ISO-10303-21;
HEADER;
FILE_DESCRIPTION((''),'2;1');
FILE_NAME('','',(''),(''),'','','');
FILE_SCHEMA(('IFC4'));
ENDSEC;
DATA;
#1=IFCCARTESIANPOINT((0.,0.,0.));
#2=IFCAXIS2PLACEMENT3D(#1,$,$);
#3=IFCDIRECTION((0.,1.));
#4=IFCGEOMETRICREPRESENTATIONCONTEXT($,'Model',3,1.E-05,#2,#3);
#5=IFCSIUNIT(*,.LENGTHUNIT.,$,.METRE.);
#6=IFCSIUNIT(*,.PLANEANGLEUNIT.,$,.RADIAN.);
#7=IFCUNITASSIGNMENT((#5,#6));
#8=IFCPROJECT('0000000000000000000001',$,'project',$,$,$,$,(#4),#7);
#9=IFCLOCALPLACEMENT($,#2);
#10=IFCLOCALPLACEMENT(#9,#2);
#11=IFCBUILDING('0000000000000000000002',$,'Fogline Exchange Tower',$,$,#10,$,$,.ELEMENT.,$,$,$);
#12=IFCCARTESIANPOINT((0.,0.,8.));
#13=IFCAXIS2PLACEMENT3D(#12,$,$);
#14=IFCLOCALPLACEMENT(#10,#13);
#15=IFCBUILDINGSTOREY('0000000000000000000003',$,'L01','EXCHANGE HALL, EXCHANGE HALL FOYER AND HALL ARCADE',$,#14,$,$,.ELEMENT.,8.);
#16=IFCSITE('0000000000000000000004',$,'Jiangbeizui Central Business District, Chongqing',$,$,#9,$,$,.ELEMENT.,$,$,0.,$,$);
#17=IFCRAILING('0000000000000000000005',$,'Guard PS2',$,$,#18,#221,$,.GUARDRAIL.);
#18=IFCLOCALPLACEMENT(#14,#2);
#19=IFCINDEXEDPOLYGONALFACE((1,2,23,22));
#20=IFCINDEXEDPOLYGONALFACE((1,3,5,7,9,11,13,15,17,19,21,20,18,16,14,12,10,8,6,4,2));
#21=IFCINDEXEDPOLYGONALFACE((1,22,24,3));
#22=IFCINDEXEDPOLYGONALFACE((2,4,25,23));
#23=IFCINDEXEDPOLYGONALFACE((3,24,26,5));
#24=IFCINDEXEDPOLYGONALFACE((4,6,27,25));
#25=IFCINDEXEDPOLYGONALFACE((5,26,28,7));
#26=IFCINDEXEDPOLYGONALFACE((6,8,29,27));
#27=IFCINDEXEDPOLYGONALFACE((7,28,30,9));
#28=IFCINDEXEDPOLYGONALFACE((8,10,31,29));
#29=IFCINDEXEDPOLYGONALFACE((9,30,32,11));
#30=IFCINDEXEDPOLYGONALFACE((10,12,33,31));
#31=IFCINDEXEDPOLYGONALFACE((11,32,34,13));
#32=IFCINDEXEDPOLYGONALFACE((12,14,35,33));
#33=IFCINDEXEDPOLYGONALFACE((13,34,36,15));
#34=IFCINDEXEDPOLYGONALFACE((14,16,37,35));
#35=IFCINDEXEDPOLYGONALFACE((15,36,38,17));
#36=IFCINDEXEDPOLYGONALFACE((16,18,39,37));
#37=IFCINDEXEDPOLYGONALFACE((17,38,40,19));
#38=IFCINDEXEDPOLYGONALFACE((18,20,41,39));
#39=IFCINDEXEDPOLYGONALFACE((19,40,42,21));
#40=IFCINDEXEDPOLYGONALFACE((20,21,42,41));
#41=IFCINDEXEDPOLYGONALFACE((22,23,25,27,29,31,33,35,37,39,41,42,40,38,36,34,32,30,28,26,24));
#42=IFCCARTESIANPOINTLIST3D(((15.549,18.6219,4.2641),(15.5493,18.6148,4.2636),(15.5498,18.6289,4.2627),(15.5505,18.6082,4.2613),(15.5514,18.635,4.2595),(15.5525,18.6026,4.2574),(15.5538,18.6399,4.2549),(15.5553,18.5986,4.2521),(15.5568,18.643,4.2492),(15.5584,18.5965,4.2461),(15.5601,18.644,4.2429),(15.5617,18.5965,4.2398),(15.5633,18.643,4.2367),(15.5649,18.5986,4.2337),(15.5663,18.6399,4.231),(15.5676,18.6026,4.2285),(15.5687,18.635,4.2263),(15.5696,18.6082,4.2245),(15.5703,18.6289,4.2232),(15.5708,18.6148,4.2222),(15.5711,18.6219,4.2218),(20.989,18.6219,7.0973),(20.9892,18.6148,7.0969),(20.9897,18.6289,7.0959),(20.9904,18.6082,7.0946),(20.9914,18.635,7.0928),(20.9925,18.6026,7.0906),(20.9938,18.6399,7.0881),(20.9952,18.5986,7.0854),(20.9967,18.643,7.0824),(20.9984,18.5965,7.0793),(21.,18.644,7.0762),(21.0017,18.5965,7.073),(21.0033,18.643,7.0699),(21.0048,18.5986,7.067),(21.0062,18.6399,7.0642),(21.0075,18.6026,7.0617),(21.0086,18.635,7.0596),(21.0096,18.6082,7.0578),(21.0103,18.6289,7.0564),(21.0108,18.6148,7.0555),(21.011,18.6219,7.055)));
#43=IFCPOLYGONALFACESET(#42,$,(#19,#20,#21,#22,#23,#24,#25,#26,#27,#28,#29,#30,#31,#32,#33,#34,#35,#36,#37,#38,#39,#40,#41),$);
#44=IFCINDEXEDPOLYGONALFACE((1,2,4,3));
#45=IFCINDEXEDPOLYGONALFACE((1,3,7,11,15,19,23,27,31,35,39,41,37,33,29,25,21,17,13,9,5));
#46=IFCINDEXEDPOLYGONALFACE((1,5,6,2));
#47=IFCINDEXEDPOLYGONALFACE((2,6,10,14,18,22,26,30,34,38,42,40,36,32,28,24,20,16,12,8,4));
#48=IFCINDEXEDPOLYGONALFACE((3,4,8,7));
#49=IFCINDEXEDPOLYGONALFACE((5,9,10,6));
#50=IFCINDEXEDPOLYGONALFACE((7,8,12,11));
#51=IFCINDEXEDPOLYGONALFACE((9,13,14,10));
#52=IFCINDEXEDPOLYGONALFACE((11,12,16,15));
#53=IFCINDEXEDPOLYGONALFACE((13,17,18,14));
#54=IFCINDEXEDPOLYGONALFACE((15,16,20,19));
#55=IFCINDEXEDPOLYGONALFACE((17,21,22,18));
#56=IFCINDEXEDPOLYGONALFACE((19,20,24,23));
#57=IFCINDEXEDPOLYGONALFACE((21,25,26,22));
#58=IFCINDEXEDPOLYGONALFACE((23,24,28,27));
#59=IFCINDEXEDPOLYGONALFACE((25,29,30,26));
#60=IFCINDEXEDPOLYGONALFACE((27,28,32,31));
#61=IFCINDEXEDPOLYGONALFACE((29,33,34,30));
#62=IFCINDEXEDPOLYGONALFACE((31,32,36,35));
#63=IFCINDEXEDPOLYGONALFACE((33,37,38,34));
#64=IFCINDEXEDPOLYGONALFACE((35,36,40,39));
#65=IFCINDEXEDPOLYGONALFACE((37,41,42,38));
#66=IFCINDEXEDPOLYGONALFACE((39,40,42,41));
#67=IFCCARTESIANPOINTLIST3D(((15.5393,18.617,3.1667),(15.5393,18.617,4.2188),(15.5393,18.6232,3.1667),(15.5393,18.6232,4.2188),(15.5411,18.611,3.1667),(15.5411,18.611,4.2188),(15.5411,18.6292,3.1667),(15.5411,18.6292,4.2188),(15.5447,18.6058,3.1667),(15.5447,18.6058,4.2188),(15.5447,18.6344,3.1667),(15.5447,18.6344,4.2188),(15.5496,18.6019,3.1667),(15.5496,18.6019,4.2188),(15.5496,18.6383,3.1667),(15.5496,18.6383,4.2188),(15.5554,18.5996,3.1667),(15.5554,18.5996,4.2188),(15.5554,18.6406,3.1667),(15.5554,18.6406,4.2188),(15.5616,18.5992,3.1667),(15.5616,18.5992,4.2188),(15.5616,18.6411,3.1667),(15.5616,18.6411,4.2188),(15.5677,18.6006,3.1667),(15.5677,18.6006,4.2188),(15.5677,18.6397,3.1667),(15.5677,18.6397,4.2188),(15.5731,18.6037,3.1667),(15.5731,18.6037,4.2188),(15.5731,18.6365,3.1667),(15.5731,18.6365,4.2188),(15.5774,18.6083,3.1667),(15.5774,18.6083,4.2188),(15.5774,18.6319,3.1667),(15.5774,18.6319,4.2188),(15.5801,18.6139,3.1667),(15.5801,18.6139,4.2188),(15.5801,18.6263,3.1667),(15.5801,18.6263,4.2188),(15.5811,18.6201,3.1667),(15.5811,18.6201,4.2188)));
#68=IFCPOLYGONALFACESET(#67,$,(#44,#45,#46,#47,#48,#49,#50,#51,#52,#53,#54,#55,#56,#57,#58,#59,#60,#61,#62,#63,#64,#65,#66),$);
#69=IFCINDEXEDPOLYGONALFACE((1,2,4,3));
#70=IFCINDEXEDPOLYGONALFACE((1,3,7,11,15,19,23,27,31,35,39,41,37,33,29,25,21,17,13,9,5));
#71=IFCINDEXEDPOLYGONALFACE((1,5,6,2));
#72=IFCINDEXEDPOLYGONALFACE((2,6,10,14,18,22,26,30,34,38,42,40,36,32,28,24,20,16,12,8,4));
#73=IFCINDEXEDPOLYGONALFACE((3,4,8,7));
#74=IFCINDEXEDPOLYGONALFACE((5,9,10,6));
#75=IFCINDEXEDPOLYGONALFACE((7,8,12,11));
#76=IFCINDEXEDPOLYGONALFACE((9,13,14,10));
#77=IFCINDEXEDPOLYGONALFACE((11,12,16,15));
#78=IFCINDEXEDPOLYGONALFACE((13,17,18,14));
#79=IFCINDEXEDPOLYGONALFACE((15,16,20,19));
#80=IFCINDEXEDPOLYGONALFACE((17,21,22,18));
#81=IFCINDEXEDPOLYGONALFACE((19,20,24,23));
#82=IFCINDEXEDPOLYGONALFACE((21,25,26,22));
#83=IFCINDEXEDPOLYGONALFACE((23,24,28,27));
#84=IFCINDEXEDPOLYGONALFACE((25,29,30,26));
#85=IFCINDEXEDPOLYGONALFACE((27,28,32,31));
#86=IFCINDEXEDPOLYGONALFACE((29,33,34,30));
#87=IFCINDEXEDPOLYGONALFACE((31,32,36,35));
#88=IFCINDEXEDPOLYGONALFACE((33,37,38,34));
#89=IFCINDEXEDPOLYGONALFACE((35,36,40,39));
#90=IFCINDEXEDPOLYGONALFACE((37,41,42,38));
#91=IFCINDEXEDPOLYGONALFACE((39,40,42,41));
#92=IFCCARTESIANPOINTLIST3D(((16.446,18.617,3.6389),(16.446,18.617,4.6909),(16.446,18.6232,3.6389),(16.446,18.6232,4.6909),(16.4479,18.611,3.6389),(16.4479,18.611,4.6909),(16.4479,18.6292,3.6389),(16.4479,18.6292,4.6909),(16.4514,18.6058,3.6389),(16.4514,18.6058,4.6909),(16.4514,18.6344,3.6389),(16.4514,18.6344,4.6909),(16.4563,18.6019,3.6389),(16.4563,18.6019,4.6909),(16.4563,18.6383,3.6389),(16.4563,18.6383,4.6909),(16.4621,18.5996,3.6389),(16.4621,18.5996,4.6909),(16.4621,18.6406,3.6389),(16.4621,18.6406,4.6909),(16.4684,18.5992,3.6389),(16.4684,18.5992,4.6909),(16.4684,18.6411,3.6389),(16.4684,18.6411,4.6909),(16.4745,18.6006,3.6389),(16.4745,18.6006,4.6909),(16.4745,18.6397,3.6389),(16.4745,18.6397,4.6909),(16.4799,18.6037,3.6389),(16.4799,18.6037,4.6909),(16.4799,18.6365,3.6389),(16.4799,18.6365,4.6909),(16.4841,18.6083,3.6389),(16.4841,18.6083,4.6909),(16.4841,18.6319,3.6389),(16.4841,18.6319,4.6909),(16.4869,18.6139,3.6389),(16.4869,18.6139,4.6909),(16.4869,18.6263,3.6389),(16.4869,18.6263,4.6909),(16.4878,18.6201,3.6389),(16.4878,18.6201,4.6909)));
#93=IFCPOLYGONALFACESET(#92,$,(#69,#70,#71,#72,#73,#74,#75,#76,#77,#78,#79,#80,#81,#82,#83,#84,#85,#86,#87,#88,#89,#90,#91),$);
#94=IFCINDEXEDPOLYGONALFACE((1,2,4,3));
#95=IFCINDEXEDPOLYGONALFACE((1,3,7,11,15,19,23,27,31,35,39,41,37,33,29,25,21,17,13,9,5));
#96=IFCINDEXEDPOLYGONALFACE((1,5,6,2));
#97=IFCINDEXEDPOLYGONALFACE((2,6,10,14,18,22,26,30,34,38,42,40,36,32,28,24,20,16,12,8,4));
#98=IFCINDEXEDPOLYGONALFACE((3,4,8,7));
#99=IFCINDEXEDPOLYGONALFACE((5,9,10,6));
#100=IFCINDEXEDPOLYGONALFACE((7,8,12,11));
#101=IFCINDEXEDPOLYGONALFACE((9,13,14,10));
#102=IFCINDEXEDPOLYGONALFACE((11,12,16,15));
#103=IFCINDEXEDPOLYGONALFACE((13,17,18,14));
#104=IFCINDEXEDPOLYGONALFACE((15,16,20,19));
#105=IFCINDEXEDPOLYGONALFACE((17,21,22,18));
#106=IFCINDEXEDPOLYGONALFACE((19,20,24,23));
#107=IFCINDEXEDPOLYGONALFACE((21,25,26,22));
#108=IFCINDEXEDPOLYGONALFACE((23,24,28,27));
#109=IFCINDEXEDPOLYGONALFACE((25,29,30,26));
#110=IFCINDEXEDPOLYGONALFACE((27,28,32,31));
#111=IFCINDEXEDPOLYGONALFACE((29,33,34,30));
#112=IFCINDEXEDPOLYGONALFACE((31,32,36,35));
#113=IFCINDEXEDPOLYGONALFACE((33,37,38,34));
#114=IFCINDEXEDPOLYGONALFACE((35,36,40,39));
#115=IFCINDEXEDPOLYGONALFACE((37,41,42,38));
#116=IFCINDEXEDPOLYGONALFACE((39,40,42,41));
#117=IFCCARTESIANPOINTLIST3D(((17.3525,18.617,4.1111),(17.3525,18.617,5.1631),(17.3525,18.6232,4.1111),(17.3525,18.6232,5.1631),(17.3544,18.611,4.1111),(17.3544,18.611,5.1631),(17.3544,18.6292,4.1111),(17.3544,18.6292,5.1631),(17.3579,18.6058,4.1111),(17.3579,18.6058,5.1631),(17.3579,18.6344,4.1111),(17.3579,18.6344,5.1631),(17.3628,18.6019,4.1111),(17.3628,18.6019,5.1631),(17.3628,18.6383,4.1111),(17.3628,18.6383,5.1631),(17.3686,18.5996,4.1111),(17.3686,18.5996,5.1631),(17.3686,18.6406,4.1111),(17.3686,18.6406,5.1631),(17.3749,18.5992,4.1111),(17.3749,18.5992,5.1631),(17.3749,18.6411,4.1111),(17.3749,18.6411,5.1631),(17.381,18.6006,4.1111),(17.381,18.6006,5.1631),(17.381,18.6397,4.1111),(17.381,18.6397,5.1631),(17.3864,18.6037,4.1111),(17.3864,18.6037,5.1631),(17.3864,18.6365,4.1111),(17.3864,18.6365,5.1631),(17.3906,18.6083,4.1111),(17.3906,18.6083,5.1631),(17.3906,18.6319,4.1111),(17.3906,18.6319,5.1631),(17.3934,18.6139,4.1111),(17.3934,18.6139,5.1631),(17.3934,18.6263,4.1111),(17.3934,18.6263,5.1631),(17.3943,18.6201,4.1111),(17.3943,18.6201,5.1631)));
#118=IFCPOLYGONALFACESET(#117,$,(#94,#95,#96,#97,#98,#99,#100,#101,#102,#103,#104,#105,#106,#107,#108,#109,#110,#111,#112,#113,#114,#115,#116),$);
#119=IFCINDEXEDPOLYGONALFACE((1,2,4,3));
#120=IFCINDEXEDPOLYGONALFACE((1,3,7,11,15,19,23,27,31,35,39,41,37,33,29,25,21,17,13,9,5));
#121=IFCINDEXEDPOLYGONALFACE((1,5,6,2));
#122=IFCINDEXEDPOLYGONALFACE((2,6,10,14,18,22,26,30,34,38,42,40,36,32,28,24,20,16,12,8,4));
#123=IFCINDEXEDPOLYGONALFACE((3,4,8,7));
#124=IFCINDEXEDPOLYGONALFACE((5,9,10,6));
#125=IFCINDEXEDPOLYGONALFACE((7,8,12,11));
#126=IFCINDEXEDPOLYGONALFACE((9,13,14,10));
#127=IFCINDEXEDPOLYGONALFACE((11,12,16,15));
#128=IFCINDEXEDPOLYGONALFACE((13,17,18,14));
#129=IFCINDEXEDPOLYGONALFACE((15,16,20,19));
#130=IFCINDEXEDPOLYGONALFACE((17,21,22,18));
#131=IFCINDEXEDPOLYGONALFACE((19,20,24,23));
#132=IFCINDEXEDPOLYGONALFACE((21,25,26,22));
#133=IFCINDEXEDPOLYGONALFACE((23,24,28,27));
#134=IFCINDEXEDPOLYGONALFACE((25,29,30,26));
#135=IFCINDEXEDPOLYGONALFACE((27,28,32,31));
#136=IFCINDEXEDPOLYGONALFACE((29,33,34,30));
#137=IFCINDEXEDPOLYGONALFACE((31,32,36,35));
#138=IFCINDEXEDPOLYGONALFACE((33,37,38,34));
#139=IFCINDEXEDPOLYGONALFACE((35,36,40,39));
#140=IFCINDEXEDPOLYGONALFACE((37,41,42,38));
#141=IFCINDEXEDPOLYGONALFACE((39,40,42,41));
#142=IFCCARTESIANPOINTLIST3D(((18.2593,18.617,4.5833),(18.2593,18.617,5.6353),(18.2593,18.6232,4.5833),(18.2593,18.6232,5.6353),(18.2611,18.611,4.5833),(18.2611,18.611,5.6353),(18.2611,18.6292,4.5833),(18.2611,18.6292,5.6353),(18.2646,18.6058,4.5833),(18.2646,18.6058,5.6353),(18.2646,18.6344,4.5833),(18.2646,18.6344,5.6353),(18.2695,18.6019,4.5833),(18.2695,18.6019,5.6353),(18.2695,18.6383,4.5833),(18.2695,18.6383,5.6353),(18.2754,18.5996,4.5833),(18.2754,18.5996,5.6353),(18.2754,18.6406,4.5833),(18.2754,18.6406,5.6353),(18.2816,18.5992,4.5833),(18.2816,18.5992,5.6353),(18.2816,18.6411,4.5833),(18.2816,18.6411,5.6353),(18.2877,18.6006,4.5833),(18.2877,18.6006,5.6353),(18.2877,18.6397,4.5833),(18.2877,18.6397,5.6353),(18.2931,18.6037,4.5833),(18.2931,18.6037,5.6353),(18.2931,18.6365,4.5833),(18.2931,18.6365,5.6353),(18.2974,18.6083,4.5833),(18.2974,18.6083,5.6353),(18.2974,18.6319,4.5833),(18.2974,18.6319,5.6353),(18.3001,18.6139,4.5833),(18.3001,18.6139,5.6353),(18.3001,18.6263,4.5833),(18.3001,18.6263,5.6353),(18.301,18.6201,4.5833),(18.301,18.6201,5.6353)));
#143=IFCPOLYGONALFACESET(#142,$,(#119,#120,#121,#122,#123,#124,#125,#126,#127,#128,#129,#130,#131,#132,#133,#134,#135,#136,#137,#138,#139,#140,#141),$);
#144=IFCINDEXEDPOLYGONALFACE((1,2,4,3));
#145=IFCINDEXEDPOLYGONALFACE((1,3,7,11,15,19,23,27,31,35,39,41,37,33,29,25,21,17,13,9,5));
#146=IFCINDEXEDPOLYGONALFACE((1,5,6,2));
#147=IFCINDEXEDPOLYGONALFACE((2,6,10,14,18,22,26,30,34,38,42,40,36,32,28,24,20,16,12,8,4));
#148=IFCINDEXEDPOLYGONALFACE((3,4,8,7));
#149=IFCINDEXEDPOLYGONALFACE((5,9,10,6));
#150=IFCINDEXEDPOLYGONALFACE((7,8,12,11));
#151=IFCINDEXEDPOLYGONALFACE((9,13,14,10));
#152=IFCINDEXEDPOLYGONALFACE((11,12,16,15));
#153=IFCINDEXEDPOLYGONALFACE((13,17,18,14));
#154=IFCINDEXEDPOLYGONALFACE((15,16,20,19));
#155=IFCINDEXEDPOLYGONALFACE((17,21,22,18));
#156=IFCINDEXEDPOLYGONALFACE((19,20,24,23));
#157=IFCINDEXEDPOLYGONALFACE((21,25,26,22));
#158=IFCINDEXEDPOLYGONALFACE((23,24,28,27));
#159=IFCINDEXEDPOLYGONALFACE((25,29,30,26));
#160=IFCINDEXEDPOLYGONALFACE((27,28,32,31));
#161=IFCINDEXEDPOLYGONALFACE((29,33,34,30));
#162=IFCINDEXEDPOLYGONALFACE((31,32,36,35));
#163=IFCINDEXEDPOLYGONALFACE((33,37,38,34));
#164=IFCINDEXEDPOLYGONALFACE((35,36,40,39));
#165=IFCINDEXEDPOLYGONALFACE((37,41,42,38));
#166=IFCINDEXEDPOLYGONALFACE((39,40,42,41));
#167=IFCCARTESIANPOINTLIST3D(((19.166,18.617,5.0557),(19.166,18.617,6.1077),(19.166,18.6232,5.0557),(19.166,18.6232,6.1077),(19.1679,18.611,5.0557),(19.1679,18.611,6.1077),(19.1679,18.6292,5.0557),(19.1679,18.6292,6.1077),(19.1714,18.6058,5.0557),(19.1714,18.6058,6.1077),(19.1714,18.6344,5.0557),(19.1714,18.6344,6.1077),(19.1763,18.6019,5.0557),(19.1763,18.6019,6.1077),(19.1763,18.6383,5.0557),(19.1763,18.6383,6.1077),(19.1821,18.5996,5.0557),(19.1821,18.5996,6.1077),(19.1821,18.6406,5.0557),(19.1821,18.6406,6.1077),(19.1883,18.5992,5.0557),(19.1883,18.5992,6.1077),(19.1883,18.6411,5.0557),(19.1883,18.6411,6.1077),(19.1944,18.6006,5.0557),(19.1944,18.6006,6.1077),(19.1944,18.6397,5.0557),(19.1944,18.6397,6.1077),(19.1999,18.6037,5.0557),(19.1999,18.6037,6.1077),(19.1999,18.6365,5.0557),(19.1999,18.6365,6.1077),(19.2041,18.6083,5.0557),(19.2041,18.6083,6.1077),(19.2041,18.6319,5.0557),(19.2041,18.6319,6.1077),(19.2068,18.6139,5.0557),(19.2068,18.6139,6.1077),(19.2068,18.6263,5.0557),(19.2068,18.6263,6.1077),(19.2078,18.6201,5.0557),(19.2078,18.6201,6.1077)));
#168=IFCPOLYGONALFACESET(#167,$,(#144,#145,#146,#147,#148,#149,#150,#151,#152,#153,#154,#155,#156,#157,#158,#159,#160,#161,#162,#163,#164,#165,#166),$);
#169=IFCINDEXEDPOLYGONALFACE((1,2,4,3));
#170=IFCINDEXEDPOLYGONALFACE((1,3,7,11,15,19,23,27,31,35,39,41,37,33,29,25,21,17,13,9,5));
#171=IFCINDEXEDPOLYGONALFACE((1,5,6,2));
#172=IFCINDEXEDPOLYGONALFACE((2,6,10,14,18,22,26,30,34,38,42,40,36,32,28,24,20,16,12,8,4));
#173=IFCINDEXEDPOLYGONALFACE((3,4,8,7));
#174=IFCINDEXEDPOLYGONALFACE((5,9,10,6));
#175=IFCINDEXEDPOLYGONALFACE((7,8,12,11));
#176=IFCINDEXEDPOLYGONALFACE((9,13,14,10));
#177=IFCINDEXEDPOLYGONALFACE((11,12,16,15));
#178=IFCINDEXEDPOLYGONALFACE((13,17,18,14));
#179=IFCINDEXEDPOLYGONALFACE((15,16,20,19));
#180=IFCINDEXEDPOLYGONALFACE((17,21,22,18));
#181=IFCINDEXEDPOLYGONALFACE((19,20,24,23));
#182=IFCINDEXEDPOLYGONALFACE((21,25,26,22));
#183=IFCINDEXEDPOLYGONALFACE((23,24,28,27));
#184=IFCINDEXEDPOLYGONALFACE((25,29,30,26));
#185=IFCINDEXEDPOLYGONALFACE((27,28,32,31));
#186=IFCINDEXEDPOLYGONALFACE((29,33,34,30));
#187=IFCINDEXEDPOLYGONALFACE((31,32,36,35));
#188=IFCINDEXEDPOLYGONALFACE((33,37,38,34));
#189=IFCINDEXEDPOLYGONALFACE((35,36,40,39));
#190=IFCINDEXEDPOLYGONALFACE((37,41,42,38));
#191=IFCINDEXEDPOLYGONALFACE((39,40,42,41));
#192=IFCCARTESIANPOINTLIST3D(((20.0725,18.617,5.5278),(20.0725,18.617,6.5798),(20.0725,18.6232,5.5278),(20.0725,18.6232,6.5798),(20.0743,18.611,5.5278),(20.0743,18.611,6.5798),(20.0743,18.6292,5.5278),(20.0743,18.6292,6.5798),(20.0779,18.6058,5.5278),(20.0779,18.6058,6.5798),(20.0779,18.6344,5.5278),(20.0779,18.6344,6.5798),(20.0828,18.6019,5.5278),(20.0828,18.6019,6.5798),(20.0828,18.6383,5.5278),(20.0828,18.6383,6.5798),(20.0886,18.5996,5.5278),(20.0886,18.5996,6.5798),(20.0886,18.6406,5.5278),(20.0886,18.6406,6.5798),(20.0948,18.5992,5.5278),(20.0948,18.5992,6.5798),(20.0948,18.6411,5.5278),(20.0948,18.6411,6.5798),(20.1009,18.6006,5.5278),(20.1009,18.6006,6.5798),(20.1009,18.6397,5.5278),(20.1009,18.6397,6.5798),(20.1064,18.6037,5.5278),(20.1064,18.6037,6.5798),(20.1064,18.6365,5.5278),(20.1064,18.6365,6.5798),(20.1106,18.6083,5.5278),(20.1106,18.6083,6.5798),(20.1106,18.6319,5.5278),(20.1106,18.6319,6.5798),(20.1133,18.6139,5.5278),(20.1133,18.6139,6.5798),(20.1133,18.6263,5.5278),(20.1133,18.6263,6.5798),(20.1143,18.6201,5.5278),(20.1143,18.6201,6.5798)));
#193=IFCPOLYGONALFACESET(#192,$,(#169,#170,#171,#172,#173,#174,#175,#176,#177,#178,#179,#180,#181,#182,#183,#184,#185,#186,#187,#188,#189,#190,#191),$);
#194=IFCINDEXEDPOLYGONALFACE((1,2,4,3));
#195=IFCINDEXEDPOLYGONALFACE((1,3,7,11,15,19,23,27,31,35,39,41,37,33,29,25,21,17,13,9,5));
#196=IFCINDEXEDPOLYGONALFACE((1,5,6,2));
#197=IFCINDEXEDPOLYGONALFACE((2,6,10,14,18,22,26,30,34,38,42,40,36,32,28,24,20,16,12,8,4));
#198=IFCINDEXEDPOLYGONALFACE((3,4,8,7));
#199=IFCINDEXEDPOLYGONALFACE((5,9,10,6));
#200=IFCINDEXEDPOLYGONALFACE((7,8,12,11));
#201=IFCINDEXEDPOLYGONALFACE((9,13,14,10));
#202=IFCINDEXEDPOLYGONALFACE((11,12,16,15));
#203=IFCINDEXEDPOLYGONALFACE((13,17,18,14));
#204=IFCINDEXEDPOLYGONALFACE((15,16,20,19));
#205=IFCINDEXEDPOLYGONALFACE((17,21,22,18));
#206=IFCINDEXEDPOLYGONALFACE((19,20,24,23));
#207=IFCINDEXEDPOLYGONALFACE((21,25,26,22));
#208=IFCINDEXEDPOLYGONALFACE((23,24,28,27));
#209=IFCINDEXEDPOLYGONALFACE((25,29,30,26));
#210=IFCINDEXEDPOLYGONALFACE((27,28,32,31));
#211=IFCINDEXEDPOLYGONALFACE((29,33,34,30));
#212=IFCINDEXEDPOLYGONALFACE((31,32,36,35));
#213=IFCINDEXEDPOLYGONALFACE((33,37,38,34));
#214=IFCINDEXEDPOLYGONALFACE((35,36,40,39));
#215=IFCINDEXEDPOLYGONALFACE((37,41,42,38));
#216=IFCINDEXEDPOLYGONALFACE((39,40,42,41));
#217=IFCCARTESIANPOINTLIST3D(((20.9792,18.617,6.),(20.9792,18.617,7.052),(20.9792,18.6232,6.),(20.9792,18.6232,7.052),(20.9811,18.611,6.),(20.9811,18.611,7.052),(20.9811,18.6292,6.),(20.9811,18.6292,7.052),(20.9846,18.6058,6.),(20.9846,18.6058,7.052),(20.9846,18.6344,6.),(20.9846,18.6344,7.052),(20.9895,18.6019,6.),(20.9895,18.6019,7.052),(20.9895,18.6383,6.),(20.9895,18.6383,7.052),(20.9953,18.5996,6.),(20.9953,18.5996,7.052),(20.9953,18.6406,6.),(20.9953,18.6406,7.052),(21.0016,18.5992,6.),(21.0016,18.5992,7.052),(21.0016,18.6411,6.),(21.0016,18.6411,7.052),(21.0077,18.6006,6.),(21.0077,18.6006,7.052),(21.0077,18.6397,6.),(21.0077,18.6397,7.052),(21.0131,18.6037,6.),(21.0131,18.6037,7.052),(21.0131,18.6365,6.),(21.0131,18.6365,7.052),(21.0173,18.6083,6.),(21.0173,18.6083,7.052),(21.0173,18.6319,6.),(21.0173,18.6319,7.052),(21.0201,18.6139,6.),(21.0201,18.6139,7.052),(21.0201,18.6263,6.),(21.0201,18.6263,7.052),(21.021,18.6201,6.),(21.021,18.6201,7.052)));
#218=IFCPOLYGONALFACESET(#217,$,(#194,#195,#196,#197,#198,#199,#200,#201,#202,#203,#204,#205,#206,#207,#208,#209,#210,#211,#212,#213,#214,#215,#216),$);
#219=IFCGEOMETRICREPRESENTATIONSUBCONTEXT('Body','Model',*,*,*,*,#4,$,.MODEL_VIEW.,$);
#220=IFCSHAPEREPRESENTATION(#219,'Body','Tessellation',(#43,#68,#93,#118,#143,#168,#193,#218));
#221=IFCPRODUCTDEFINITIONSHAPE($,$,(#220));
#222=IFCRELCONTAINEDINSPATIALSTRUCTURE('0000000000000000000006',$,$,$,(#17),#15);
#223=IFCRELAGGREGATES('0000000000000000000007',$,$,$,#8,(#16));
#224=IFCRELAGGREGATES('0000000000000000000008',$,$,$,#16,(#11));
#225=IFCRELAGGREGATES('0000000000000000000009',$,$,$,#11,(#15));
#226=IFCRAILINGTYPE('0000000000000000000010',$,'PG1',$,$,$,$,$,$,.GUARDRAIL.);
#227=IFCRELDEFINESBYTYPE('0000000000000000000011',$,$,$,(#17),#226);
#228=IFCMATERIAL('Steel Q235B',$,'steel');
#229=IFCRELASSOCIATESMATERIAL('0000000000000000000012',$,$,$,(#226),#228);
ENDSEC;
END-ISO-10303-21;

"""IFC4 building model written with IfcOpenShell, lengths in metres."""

from ifc_helpers import new_model, si_unit, direction, frame, origin, origin_2d, place, context, subcontext, project, spatial, circle, extrude, material, type_object, element, save


model = new_model("IFC4")

# Units and contexts
model_context = context("Model", 3, precision=1e-05, world=origin(), true_north=direction((0.0, 1.0)))
body_context = subcontext(model_context, "Body", "Model", "MODEL_VIEW")
ifc_project = project(units=[si_unit("LENGTHUNIT", "METRE"), si_unit("PLANEANGLEUNIT", "RADIAN")], contexts=[model_context])

# Site, building, storey
site_placement = place(None, origin())
site = spatial("IfcSite", under=ifc_project, at=site_placement, Name="Jiangbeizui Central Business District, Chongqing", CompositionType="ELEMENT", RefElevation=0.0)
building_placement = place(site_placement, origin())
building = spatial("IfcBuilding", under=site, at=building_placement, Name="Fogline Exchange Tower", CompositionType="ELEMENT")
storey_placement = place(building_placement, frame((0.0, 0.0, 8.0)))
storey = spatial("IfcBuildingStorey", under=building, at=storey_placement, Name="L01", Description="EXCHANGE HALL, EXCHANGE HALL FOYER AND HALL ARCADE", CompositionType="ELEMENT", Elevation=8.0)

# Shared definitions
ifc_material_1 = material(Name="Steel Q235B", Category="steel")

# Railing
railing_type_1 = type_object("IfcRailingType", Name="PG1", PredefinedType="GUARDRAIL", material=ifc_material_1)
railing_1_placement = place(storey_placement, frame((15.5601, 18.6201, 3.1667)))
element("IfcRailing", 1, at=railing_1_placement, inside=storey, type_object=railing_type_1, Name="Guard PS2", PredefinedType="GUARDRAIL", context=body_context, shape_type="SweptSolid", body=[
    extrude(circle(Radius=0.0239, at=origin_2d()), frame((0.0, 0.0, 1.0762), z_axis=(0.886917, 0.0, 0.461928), x_axis=(0.0, 1.0, 0.0)), (0.0, 0.0, 1.0), 6.1335),
    extrude(circle(Radius=0.021, at=origin_2d()), origin(), (0.0, 0.0, 1.0), 1.052),
    extrude(circle(Radius=0.021, at=origin_2d()), frame((0.9067, 0.0, 0.4722)), (0.0, 0.0, 1.0), 1.052),
    extrude(circle(Radius=0.021, at=origin_2d()), frame((1.8132, 0.0, 0.9443)), (0.0, 0.0, 1.0), 1.052),
    extrude(circle(Radius=0.021, at=origin_2d()), frame((2.72, 0.0, 1.4165)), (0.0, 0.0, 1.0), 1.052),
    extrude(circle(Radius=0.021, at=origin_2d()), frame((3.6267, 0.0, 1.8889)), (0.0, 0.0, 1.0), 1.052),
    extrude(circle(Radius=0.021, at=origin_2d()), frame((4.5332, 0.0, 2.3611)), (0.0, 0.0, 1.0), 1.052),
    extrude(circle(Radius=0.021, at=origin_2d()), frame((5.4399, 0.0, 2.8333)), (0.0, 0.0, 1.0), 1.052),
])

save(model, "model.ifc")
